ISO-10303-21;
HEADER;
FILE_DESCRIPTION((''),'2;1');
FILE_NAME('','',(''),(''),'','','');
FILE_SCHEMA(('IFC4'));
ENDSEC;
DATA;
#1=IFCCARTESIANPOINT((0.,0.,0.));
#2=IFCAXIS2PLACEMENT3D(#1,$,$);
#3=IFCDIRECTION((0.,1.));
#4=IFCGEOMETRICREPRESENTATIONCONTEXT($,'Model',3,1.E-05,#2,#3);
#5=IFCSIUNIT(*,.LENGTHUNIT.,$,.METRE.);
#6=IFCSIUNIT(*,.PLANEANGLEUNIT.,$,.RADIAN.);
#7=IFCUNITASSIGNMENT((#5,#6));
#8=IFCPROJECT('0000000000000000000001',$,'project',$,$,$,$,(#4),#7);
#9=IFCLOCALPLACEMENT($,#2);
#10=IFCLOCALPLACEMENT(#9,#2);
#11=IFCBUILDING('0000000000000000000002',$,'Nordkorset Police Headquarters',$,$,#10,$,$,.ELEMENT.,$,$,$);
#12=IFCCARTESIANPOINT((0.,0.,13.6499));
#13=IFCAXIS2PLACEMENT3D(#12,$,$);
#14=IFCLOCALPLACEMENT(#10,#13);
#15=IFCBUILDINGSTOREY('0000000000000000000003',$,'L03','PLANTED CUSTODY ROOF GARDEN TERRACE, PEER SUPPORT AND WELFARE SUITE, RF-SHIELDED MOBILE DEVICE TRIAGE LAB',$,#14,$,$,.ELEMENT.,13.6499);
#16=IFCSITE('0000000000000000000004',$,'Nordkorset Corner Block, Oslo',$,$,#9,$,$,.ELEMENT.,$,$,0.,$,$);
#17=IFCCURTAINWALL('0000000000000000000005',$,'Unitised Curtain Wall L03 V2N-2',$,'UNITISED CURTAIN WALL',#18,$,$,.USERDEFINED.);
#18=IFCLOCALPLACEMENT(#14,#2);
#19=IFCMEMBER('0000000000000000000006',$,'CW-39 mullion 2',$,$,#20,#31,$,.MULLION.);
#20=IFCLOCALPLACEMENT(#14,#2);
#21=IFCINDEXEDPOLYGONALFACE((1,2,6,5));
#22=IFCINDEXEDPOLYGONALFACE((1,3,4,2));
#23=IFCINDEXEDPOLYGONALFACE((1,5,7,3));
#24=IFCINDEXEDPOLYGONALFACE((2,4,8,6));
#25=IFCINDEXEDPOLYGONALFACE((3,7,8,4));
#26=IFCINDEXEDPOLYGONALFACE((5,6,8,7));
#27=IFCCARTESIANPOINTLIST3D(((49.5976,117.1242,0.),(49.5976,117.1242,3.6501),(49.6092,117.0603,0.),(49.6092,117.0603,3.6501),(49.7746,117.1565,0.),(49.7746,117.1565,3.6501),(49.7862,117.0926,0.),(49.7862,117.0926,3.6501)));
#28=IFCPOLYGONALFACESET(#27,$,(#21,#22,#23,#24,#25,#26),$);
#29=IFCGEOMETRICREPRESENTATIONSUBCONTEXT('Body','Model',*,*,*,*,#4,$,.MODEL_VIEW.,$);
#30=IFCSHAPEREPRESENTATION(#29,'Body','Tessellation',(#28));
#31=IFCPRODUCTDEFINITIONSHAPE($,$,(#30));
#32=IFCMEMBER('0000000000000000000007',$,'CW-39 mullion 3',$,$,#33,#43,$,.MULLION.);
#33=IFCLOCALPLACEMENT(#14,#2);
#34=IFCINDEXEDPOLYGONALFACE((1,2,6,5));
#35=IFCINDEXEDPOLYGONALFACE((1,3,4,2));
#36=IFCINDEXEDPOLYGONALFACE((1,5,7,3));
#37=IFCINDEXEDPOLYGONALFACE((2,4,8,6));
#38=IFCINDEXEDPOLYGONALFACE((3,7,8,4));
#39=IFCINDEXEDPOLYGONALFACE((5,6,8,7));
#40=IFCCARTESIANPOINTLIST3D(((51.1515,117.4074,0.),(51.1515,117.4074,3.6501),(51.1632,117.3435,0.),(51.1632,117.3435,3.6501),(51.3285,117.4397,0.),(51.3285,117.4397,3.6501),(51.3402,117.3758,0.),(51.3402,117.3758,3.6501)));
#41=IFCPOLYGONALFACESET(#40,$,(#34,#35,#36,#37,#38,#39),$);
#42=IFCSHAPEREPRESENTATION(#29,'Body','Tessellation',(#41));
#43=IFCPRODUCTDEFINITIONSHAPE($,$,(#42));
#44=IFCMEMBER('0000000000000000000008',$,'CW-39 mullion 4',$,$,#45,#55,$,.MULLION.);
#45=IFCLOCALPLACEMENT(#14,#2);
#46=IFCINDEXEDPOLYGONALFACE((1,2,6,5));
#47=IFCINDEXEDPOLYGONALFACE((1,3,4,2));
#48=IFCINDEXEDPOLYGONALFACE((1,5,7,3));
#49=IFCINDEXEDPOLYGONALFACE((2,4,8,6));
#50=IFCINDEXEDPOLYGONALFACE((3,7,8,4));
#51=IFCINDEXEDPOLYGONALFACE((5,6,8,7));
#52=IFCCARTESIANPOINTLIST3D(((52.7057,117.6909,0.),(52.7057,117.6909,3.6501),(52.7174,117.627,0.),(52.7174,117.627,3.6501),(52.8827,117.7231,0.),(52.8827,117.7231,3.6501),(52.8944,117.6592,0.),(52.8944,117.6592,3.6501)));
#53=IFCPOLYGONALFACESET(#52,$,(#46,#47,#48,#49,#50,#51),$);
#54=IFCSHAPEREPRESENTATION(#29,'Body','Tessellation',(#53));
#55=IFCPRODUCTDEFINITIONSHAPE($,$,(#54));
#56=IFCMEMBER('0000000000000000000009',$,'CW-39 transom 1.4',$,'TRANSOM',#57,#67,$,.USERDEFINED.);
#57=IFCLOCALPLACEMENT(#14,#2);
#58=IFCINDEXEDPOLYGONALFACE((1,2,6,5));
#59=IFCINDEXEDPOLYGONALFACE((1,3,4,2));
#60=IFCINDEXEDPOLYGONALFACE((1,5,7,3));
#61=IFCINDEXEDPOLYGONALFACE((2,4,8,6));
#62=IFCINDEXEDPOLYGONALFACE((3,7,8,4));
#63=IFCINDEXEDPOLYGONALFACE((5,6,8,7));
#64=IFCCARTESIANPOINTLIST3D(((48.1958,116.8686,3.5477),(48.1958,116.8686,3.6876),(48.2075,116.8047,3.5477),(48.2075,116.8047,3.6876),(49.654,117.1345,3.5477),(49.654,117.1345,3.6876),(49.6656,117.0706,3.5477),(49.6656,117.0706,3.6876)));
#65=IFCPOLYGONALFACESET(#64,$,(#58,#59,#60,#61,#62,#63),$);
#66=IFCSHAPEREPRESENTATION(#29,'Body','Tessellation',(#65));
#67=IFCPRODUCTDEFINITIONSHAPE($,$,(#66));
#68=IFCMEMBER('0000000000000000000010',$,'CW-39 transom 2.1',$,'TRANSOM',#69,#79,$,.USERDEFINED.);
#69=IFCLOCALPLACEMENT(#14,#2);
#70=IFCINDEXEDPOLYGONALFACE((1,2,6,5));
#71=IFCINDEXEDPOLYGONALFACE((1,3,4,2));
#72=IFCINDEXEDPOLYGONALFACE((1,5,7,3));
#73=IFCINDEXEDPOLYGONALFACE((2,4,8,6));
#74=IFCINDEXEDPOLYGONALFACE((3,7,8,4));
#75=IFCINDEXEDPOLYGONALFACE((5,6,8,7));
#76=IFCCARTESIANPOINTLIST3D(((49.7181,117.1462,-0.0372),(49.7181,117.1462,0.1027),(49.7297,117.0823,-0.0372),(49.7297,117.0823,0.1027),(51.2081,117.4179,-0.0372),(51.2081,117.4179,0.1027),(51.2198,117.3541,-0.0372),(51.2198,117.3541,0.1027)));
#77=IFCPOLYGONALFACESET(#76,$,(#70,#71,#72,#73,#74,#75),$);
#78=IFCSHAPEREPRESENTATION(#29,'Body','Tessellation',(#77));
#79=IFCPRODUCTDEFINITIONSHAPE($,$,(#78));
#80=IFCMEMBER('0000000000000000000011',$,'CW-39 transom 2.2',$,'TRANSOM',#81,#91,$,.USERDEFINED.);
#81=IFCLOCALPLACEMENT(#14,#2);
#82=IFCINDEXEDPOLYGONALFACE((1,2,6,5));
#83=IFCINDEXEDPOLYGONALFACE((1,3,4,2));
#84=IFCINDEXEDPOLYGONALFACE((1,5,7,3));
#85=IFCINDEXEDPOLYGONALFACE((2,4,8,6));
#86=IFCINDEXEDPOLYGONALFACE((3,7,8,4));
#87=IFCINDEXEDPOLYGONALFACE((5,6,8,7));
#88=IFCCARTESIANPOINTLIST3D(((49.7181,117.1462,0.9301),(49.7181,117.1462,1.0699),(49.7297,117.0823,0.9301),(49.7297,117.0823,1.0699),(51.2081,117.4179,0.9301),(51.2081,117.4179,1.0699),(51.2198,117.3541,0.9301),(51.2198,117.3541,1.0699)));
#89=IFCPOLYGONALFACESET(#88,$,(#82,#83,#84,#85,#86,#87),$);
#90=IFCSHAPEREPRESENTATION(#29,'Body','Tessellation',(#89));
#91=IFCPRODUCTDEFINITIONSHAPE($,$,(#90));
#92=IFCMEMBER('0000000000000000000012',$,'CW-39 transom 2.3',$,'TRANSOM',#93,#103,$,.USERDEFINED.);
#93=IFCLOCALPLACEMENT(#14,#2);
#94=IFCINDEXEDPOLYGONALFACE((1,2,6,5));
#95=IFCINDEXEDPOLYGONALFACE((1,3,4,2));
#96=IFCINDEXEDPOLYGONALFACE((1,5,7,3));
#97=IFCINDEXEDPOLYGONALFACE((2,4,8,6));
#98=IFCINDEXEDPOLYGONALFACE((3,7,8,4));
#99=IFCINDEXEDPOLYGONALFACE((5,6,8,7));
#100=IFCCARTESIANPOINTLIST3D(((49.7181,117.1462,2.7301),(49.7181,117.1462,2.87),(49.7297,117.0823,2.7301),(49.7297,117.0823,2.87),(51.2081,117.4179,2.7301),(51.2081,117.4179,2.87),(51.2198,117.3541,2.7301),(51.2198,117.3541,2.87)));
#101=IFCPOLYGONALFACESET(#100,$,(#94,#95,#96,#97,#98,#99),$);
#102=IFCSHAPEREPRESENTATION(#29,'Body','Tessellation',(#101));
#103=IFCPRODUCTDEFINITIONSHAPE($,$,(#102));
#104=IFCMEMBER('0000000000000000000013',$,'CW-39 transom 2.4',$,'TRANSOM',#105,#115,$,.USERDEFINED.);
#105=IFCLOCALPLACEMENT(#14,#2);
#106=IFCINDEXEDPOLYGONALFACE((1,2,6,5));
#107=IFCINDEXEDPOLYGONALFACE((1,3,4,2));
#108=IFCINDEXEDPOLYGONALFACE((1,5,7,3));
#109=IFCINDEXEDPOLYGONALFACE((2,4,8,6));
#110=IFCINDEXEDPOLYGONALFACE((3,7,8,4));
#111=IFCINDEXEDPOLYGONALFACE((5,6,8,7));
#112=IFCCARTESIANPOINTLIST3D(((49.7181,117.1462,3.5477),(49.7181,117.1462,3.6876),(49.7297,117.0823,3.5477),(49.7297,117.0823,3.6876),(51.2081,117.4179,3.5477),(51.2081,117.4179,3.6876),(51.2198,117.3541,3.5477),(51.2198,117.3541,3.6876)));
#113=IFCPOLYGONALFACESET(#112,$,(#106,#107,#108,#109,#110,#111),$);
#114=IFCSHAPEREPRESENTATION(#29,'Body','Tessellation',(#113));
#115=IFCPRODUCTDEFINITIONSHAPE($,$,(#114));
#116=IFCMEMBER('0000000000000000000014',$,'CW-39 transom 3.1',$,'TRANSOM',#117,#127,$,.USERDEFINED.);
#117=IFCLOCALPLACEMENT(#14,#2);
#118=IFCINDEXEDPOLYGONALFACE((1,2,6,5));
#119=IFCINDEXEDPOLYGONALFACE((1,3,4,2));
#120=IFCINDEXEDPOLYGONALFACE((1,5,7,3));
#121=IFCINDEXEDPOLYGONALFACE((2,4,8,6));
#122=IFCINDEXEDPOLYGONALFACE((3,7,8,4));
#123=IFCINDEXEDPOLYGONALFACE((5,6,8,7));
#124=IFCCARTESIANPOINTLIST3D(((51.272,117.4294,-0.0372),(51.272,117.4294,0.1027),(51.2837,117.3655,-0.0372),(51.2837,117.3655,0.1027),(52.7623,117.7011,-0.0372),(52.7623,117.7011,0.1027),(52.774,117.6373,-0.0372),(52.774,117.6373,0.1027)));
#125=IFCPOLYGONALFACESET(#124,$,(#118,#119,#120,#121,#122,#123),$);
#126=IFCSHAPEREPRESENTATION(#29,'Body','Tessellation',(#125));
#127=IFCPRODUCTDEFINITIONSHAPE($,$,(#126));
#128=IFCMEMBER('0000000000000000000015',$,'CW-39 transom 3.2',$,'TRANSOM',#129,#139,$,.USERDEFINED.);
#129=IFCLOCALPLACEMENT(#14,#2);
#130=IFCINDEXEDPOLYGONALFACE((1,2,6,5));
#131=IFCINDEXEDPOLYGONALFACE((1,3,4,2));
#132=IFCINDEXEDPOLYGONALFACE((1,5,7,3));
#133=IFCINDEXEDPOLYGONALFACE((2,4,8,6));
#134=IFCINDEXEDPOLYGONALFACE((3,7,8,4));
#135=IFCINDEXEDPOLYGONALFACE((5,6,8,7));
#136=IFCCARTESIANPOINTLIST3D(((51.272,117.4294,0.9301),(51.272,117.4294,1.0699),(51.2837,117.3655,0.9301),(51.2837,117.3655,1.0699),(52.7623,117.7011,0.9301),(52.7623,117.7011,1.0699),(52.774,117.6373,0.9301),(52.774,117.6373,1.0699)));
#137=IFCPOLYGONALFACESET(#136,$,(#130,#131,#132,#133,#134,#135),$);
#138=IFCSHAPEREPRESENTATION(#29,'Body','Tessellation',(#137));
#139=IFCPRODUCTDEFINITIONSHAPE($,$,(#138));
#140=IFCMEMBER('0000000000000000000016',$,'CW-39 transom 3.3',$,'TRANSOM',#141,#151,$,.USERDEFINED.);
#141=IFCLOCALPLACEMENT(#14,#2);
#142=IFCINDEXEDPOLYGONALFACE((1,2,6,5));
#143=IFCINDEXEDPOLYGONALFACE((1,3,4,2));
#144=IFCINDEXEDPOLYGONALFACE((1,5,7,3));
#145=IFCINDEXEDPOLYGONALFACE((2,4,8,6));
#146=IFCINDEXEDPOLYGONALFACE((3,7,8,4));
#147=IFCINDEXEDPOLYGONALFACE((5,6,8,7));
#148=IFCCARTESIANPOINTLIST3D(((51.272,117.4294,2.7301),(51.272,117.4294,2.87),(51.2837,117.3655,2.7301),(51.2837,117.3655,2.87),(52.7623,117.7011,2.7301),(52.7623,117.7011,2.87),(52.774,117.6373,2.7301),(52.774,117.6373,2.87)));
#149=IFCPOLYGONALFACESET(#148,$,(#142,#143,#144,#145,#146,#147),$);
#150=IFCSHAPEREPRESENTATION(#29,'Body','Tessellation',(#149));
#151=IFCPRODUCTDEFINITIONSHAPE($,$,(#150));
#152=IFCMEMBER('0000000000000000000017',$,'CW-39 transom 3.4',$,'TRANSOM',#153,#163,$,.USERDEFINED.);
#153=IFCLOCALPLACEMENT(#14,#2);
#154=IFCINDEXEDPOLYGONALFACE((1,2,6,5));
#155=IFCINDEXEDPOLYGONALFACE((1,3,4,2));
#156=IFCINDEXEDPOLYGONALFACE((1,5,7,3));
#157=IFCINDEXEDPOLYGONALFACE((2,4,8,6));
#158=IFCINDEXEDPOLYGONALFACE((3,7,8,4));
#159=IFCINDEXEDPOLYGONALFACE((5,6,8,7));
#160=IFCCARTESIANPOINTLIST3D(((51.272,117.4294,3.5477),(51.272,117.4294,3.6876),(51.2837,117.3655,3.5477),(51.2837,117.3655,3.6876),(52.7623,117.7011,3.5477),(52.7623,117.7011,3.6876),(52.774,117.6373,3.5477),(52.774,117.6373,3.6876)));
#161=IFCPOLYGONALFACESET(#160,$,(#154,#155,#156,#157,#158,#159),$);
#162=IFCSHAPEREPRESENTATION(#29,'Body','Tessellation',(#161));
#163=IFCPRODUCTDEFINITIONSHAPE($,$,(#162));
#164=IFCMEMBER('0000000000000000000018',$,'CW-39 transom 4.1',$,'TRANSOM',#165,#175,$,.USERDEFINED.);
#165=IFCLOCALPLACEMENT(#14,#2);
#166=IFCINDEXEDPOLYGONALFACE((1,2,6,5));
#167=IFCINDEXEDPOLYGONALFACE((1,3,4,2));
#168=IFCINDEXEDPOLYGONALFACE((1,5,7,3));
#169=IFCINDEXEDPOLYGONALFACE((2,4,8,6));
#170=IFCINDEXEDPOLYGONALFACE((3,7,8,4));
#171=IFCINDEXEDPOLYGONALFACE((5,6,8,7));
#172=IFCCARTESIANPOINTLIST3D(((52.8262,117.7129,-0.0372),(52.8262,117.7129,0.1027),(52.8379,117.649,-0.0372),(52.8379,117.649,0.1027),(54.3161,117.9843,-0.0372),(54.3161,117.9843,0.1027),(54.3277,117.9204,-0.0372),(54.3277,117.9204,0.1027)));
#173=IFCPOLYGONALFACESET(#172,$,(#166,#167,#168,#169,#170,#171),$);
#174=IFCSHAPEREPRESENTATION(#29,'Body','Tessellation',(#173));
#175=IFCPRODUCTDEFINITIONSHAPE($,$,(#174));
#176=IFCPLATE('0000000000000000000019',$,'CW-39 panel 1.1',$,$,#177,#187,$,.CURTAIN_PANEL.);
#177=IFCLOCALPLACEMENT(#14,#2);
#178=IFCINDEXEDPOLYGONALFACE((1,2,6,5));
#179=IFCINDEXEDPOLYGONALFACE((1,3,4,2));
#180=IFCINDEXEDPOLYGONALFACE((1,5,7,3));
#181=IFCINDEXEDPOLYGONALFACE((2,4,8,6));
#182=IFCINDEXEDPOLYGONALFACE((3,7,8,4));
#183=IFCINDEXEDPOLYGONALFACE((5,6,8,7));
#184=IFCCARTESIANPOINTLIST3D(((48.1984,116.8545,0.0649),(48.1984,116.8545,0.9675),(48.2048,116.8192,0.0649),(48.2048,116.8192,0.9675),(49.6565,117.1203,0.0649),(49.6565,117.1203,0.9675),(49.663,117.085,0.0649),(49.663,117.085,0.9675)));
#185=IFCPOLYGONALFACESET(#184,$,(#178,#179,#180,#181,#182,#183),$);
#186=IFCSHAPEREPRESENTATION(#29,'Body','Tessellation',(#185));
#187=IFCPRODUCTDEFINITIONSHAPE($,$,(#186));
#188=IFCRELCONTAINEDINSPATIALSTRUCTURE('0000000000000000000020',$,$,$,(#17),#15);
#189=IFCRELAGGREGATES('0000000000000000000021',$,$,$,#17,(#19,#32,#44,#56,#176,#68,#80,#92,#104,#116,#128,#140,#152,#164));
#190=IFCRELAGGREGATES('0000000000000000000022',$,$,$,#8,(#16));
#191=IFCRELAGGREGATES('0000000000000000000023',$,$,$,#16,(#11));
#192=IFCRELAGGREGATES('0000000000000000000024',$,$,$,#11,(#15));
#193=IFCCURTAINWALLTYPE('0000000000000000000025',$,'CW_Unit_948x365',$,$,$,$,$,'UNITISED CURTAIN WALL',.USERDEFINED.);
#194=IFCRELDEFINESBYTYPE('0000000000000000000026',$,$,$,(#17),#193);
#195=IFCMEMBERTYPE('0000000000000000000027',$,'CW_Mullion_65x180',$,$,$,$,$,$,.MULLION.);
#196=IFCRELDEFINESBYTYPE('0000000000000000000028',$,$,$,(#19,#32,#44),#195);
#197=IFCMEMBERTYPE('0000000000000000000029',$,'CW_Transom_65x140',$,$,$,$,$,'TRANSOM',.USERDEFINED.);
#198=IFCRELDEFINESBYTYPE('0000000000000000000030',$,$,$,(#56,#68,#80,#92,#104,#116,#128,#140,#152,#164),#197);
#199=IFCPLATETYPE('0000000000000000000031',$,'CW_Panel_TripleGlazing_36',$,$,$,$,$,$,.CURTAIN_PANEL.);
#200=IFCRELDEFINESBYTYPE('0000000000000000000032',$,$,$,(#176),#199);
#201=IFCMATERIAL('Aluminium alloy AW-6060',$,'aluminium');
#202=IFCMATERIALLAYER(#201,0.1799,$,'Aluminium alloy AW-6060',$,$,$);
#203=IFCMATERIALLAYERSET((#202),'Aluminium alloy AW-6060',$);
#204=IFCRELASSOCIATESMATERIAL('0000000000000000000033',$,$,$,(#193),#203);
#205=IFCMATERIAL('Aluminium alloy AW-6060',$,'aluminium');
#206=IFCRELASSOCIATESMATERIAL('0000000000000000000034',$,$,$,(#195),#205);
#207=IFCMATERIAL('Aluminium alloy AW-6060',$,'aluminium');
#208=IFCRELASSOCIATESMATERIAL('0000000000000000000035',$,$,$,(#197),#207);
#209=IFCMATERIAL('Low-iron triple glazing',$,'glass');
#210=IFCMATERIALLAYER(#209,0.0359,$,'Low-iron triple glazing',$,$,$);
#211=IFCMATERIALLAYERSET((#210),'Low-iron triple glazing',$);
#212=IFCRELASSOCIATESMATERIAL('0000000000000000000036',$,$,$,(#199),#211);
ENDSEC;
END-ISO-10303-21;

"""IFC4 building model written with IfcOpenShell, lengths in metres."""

from ifc_helpers import new_model, si_unit, direction, frame, origin, origin_2d, place, context, subcontext, project, spatial, rectangle, extrude, material, layer, layer_set, material_profile, profile_set, type_object, element, aggregate, save


model = new_model("IFC4")

# Units and contexts
model_context = context("Model", 3, precision=1e-05, world=origin(), true_north=direction((0.0, 1.0)))
body_context = subcontext(model_context, "Body", "Model", "MODEL_VIEW")
ifc_project = project(units=[si_unit("LENGTHUNIT", "METRE"), si_unit("PLANEANGLEUNIT", "RADIAN")], contexts=[model_context])

# Site, building, storey
site_placement = place(None, origin())
site = spatial("IfcSite", under=ifc_project, at=site_placement, Name="Nordkorset Corner Block, Oslo", CompositionType="ELEMENT", RefElevation=0.0)
building_placement = place(site_placement, origin())
building = spatial("IfcBuilding", under=site, at=building_placement, Name="Nordkorset Police Headquarters", CompositionType="ELEMENT")
storey_placement = place(building_placement, frame((0.0, 0.0, 13.6499)))
storey = spatial("IfcBuildingStorey", under=building, at=storey_placement, Name="L03", Description="PLANTED CUSTODY ROOF GARDEN TERRACE, PEER SUPPORT AND WELFARE SUITE, RF-SHIELDED MOBILE DEVICE TRIAGE LAB", CompositionType="ELEMENT", Elevation=13.6499)

# Curtain wall, members, plate
ifc_material_1 = material(Name="Aluminium alloy AW-6060", Category="aluminium")
ifc_layer_1 = layer(ifc_material_1, 0.1799, Name="Aluminium alloy AW-6060")
ifc_layer_set_1 = layer_set([ifc_layer_1], Name="Aluminium alloy AW-6060")
curtain_wall_type = type_object("IfcCurtainWallType", Name="CW_Unit_948x365", ElementType="UNITISED CURTAIN WALL", PredefinedType="USERDEFINED", material=ifc_layer_set_1)
curtain_wall_placement = place(storey_placement, origin())
curtain_wall = element("IfcCurtainWall", 1, at=curtain_wall_placement, inside=storey, type_object=curtain_wall_type, Name="Unitised Curtain Wall L03 V2N-2", ObjectType="UNITISED CURTAIN WALL", PredefinedType="USERDEFINED")
ifc_material_2 = material(Name="Aluminium alloy AW-6060", Category="aluminium")
ifc_material_profile_1 = material_profile(ifc_material_2, rectangle(XDim=0.0649, YDim=0.1799, at=origin_2d()), Name="ALU MULL 65x180")
ifc_profile_set_1 = profile_set([ifc_material_profile_1], Name="Aluminium alloy AW-6060")
member_type_1 = type_object("IfcMemberType", Name="CW_Mullion_65x180", PredefinedType="MULLION", material=ifc_profile_set_1)
member_1_placement = place(storey_placement, frame((49.6919, 117.1084, 0.0), z_axis=(0.0, 0.0, 1.0), x_axis=(-0.179336, 0.983788, 0.0)))
member_1 = element("IfcMember", 2, at=member_1_placement, type_object=member_type_1, Name="CW-39 mullion 2", PredefinedType="MULLION", context=body_context, shape_type="SweptSolid", body=[
    extrude(rectangle(XDim=0.0649, YDim=0.1799, at=origin_2d()), origin(), (0.0, 0.0, 1.0), 3.6501),
])
member_2_placement = place(storey_placement, frame((51.2458, 117.3916, 0.0), z_axis=(0.0, 0.0, 1.0), x_axis=(-0.179336, 0.983788, 0.0)))
member_2 = element("IfcMember", 3, at=member_2_placement, type_object=member_type_1, Name="CW-39 mullion 3", PredefinedType="MULLION", context=body_context, shape_type="SweptSolid", body=[
    extrude(rectangle(XDim=0.0649, YDim=0.1799, at=origin_2d()), origin(), (0.0, 0.0, 1.0), 3.6501),
])
member_3_placement = place(storey_placement, frame((52.8, 117.675, 0.0), z_axis=(0.0, 0.0, 1.0), x_axis=(-0.179336, 0.983788, 0.0)))
member_3 = element("IfcMember", 4, at=member_3_placement, type_object=member_type_1, Name="CW-39 mullion 4", PredefinedType="MULLION", context=body_context, shape_type="SweptSolid", body=[
    extrude(rectangle(XDim=0.0649, YDim=0.1799, at=origin_2d()), origin(), (0.0, 0.0, 1.0), 3.6501),
])
ifc_material_3 = material(Name="Aluminium alloy AW-6060", Category="aluminium")
ifc_material_profile_2 = material_profile(ifc_material_3, rectangle(XDim=0.0649, YDim=0.1399, at=origin_2d()), Name="ALU TRAN 65x140")
ifc_profile_set_2 = profile_set([ifc_material_profile_2], Name="Aluminium alloy AW-6060")
member_type_2 = type_object("IfcMemberType", Name="CW_Transom_65x140", ElementType="TRANSOM", PredefinedType="USERDEFINED", material=ifc_profile_set_2)
member_4_placement = place(storey_placement, frame((48.2017, 116.8367, 3.6177), z_axis=(0.983783, 0.179364, 0.0), x_axis=(-0.179364, 0.983783, 0.0)))
member_4 = element("IfcMember", 5, at=member_4_placement, type_object=member_type_2, Name="CW-39 transom 1.4", ObjectType="TRANSOM", PredefinedType="USERDEFINED", context=body_context, shape_type="SweptSolid", body=[
    extrude(rectangle(XDim=0.0649, YDim=0.1399, at=origin_2d()), origin(), (0.0, 0.0, 1.0), 1.4822),
])
member_5_placement = place(storey_placement, frame((49.7239, 117.1143, 0.0327), z_axis=(0.983774, 0.17941, 0.0), x_axis=(-0.17941, 0.983774, 0.0)))
member_5 = element("IfcMember", 6, at=member_5_placement, type_object=member_type_2, Name="CW-39 transom 2.1", ObjectType="TRANSOM", PredefinedType="USERDEFINED", context=body_context, shape_type="SweptSolid", body=[
    extrude(rectangle(XDim=0.0649, YDim=0.1399, at=origin_2d()), origin(), (0.0, 0.0, 1.0), 1.5146),
])
member_6_placement = place(storey_placement, frame((49.7239, 117.1143, 1.0), z_axis=(0.983774, 0.17941, 0.0), x_axis=(-0.17941, 0.983774, 0.0)))
member_6 = element("IfcMember", 7, at=member_6_placement, type_object=member_type_2, Name="CW-39 transom 2.2", ObjectType="TRANSOM", PredefinedType="USERDEFINED", context=body_context, shape_type="SweptSolid", body=[
    extrude(rectangle(XDim=0.0649, YDim=0.1399, at=origin_2d()), origin(), (0.0, 0.0, 1.0), 1.5146),
])
member_7_placement = place(storey_placement, frame((49.7239, 117.1143, 2.8), z_axis=(0.983774, 0.17941, 0.0), x_axis=(-0.17941, 0.983774, 0.0)))
member_7 = element("IfcMember", 8, at=member_7_placement, type_object=member_type_2, Name="CW-39 transom 2.3", ObjectType="TRANSOM", PredefinedType="USERDEFINED", context=body_context, shape_type="SweptSolid", body=[
    extrude(rectangle(XDim=0.0649, YDim=0.1399, at=origin_2d()), origin(), (0.0, 0.0, 1.0), 1.5146),
])
member_8_placement = place(storey_placement, frame((49.7239, 117.1143, 3.6177), z_axis=(0.983774, 0.17941, 0.0), x_axis=(-0.17941, 0.983774, 0.0)))
member_8 = element("IfcMember", 9, at=member_8_placement, type_object=member_type_2, Name="CW-39 transom 2.4", ObjectType="TRANSOM", PredefinedType="USERDEFINED", context=body_context, shape_type="SweptSolid", body=[
    extrude(rectangle(XDim=0.0649, YDim=0.1399, at=origin_2d()), origin(), (0.0, 0.0, 1.0), 1.5146),
])
member_9_placement = place(storey_placement, frame((51.2778, 117.3975, 0.0327), z_axis=(0.98378, 0.179382, 0.0), x_axis=(-0.179382, 0.98378, 0.0)))
member_9 = element("IfcMember", 10, at=member_9_placement, type_object=member_type_2, Name="CW-39 transom 3.1", ObjectType="TRANSOM", PredefinedType="USERDEFINED", context=body_context, shape_type="SweptSolid", body=[
    extrude(rectangle(XDim=0.0649, YDim=0.1399, at=origin_2d()), origin(), (0.0, 0.0, 1.0), 1.5149),
])
member_10_placement = place(storey_placement, frame((51.2778, 117.3975, 1.0), z_axis=(0.98378, 0.179382, 0.0), x_axis=(-0.179382, 0.98378, 0.0)))
member_10 = element("IfcMember", 11, at=member_10_placement, type_object=member_type_2, Name="CW-39 transom 3.2", ObjectType="TRANSOM", PredefinedType="USERDEFINED", context=body_context, shape_type="SweptSolid", body=[
    extrude(rectangle(XDim=0.0649, YDim=0.1399, at=origin_2d()), origin(), (0.0, 0.0, 1.0), 1.5149),
])
member_11_placement = place(storey_placement, frame((51.2778, 117.3975, 2.8), z_axis=(0.98378, 0.179382, 0.0), x_axis=(-0.179382, 0.98378, 0.0)))
member_11 = element("IfcMember", 12, at=member_11_placement, type_object=member_type_2, Name="CW-39 transom 3.3", ObjectType="TRANSOM", PredefinedType="USERDEFINED", context=body_context, shape_type="SweptSolid", body=[
    extrude(rectangle(XDim=0.0649, YDim=0.1399, at=origin_2d()), origin(), (0.0, 0.0, 1.0), 1.5149),
])
member_12_placement = place(storey_placement, frame((51.2778, 117.3975, 3.6177), z_axis=(0.98378, 0.179382, 0.0), x_axis=(-0.179382, 0.98378, 0.0)))
member_12 = element("IfcMember", 13, at=member_12_placement, type_object=member_type_2, Name="CW-39 transom 3.4", ObjectType="TRANSOM", PredefinedType="USERDEFINED", context=body_context, shape_type="SweptSolid", body=[
    extrude(rectangle(XDim=0.0649, YDim=0.1399, at=origin_2d()), origin(), (0.0, 0.0, 1.0), 1.5149),
])
member_13_placement = place(storey_placement, frame((52.832, 117.6809, 0.0327), z_axis=(0.983803, 0.179254, 0.0), x_axis=(-0.179254, 0.983803, 0.0)))
member_13 = element("IfcMember", 14, at=member_13_placement, type_object=member_type_2, Name="CW-39 transom 4.1", ObjectType="TRANSOM", PredefinedType="USERDEFINED", context=body_context, shape_type="SweptSolid", body=[
    extrude(rectangle(XDim=0.0649, YDim=0.1399, at=origin_2d()), origin(), (0.0, 0.0, 1.0), 1.5144),
])
ifc_material_4 = material(Name="Low-iron triple glazing", Category="glass")
ifc_layer_2 = layer(ifc_material_4, 0.0359, Name="Low-iron triple glazing")
ifc_layer_set_2 = layer_set([ifc_layer_2], Name="Low-iron triple glazing")
plate_type = type_object("IfcPlateType", Name="CW_Panel_TripleGlazing_36", PredefinedType="CURTAIN_PANEL", material=ifc_layer_set_2)
plate_1_placement = place(storey_placement, frame((48.9307, 116.9697, 0.0649), z_axis=(0.0, 0.0, 1.0), x_axis=(0.983788, 0.179336, 0.0)))
plate_1 = element("IfcPlate", 15, at=plate_1_placement, type_object=plate_type, Name="CW-39 panel 1.1", PredefinedType="CURTAIN_PANEL", context=body_context, shape_type="SweptSolid", body=[
    extrude(rectangle(XDim=1.4822, YDim=0.0359, at=origin_2d()), origin(), (0.0, 0.0, 1.0), 0.9026),
])
aggregate(curtain_wall, [member_1, member_2, member_3, member_4, plate_1, member_5, member_6, member_7, member_8, member_9, member_10, member_11, member_12, member_13])

save(model, "model.ifc")
